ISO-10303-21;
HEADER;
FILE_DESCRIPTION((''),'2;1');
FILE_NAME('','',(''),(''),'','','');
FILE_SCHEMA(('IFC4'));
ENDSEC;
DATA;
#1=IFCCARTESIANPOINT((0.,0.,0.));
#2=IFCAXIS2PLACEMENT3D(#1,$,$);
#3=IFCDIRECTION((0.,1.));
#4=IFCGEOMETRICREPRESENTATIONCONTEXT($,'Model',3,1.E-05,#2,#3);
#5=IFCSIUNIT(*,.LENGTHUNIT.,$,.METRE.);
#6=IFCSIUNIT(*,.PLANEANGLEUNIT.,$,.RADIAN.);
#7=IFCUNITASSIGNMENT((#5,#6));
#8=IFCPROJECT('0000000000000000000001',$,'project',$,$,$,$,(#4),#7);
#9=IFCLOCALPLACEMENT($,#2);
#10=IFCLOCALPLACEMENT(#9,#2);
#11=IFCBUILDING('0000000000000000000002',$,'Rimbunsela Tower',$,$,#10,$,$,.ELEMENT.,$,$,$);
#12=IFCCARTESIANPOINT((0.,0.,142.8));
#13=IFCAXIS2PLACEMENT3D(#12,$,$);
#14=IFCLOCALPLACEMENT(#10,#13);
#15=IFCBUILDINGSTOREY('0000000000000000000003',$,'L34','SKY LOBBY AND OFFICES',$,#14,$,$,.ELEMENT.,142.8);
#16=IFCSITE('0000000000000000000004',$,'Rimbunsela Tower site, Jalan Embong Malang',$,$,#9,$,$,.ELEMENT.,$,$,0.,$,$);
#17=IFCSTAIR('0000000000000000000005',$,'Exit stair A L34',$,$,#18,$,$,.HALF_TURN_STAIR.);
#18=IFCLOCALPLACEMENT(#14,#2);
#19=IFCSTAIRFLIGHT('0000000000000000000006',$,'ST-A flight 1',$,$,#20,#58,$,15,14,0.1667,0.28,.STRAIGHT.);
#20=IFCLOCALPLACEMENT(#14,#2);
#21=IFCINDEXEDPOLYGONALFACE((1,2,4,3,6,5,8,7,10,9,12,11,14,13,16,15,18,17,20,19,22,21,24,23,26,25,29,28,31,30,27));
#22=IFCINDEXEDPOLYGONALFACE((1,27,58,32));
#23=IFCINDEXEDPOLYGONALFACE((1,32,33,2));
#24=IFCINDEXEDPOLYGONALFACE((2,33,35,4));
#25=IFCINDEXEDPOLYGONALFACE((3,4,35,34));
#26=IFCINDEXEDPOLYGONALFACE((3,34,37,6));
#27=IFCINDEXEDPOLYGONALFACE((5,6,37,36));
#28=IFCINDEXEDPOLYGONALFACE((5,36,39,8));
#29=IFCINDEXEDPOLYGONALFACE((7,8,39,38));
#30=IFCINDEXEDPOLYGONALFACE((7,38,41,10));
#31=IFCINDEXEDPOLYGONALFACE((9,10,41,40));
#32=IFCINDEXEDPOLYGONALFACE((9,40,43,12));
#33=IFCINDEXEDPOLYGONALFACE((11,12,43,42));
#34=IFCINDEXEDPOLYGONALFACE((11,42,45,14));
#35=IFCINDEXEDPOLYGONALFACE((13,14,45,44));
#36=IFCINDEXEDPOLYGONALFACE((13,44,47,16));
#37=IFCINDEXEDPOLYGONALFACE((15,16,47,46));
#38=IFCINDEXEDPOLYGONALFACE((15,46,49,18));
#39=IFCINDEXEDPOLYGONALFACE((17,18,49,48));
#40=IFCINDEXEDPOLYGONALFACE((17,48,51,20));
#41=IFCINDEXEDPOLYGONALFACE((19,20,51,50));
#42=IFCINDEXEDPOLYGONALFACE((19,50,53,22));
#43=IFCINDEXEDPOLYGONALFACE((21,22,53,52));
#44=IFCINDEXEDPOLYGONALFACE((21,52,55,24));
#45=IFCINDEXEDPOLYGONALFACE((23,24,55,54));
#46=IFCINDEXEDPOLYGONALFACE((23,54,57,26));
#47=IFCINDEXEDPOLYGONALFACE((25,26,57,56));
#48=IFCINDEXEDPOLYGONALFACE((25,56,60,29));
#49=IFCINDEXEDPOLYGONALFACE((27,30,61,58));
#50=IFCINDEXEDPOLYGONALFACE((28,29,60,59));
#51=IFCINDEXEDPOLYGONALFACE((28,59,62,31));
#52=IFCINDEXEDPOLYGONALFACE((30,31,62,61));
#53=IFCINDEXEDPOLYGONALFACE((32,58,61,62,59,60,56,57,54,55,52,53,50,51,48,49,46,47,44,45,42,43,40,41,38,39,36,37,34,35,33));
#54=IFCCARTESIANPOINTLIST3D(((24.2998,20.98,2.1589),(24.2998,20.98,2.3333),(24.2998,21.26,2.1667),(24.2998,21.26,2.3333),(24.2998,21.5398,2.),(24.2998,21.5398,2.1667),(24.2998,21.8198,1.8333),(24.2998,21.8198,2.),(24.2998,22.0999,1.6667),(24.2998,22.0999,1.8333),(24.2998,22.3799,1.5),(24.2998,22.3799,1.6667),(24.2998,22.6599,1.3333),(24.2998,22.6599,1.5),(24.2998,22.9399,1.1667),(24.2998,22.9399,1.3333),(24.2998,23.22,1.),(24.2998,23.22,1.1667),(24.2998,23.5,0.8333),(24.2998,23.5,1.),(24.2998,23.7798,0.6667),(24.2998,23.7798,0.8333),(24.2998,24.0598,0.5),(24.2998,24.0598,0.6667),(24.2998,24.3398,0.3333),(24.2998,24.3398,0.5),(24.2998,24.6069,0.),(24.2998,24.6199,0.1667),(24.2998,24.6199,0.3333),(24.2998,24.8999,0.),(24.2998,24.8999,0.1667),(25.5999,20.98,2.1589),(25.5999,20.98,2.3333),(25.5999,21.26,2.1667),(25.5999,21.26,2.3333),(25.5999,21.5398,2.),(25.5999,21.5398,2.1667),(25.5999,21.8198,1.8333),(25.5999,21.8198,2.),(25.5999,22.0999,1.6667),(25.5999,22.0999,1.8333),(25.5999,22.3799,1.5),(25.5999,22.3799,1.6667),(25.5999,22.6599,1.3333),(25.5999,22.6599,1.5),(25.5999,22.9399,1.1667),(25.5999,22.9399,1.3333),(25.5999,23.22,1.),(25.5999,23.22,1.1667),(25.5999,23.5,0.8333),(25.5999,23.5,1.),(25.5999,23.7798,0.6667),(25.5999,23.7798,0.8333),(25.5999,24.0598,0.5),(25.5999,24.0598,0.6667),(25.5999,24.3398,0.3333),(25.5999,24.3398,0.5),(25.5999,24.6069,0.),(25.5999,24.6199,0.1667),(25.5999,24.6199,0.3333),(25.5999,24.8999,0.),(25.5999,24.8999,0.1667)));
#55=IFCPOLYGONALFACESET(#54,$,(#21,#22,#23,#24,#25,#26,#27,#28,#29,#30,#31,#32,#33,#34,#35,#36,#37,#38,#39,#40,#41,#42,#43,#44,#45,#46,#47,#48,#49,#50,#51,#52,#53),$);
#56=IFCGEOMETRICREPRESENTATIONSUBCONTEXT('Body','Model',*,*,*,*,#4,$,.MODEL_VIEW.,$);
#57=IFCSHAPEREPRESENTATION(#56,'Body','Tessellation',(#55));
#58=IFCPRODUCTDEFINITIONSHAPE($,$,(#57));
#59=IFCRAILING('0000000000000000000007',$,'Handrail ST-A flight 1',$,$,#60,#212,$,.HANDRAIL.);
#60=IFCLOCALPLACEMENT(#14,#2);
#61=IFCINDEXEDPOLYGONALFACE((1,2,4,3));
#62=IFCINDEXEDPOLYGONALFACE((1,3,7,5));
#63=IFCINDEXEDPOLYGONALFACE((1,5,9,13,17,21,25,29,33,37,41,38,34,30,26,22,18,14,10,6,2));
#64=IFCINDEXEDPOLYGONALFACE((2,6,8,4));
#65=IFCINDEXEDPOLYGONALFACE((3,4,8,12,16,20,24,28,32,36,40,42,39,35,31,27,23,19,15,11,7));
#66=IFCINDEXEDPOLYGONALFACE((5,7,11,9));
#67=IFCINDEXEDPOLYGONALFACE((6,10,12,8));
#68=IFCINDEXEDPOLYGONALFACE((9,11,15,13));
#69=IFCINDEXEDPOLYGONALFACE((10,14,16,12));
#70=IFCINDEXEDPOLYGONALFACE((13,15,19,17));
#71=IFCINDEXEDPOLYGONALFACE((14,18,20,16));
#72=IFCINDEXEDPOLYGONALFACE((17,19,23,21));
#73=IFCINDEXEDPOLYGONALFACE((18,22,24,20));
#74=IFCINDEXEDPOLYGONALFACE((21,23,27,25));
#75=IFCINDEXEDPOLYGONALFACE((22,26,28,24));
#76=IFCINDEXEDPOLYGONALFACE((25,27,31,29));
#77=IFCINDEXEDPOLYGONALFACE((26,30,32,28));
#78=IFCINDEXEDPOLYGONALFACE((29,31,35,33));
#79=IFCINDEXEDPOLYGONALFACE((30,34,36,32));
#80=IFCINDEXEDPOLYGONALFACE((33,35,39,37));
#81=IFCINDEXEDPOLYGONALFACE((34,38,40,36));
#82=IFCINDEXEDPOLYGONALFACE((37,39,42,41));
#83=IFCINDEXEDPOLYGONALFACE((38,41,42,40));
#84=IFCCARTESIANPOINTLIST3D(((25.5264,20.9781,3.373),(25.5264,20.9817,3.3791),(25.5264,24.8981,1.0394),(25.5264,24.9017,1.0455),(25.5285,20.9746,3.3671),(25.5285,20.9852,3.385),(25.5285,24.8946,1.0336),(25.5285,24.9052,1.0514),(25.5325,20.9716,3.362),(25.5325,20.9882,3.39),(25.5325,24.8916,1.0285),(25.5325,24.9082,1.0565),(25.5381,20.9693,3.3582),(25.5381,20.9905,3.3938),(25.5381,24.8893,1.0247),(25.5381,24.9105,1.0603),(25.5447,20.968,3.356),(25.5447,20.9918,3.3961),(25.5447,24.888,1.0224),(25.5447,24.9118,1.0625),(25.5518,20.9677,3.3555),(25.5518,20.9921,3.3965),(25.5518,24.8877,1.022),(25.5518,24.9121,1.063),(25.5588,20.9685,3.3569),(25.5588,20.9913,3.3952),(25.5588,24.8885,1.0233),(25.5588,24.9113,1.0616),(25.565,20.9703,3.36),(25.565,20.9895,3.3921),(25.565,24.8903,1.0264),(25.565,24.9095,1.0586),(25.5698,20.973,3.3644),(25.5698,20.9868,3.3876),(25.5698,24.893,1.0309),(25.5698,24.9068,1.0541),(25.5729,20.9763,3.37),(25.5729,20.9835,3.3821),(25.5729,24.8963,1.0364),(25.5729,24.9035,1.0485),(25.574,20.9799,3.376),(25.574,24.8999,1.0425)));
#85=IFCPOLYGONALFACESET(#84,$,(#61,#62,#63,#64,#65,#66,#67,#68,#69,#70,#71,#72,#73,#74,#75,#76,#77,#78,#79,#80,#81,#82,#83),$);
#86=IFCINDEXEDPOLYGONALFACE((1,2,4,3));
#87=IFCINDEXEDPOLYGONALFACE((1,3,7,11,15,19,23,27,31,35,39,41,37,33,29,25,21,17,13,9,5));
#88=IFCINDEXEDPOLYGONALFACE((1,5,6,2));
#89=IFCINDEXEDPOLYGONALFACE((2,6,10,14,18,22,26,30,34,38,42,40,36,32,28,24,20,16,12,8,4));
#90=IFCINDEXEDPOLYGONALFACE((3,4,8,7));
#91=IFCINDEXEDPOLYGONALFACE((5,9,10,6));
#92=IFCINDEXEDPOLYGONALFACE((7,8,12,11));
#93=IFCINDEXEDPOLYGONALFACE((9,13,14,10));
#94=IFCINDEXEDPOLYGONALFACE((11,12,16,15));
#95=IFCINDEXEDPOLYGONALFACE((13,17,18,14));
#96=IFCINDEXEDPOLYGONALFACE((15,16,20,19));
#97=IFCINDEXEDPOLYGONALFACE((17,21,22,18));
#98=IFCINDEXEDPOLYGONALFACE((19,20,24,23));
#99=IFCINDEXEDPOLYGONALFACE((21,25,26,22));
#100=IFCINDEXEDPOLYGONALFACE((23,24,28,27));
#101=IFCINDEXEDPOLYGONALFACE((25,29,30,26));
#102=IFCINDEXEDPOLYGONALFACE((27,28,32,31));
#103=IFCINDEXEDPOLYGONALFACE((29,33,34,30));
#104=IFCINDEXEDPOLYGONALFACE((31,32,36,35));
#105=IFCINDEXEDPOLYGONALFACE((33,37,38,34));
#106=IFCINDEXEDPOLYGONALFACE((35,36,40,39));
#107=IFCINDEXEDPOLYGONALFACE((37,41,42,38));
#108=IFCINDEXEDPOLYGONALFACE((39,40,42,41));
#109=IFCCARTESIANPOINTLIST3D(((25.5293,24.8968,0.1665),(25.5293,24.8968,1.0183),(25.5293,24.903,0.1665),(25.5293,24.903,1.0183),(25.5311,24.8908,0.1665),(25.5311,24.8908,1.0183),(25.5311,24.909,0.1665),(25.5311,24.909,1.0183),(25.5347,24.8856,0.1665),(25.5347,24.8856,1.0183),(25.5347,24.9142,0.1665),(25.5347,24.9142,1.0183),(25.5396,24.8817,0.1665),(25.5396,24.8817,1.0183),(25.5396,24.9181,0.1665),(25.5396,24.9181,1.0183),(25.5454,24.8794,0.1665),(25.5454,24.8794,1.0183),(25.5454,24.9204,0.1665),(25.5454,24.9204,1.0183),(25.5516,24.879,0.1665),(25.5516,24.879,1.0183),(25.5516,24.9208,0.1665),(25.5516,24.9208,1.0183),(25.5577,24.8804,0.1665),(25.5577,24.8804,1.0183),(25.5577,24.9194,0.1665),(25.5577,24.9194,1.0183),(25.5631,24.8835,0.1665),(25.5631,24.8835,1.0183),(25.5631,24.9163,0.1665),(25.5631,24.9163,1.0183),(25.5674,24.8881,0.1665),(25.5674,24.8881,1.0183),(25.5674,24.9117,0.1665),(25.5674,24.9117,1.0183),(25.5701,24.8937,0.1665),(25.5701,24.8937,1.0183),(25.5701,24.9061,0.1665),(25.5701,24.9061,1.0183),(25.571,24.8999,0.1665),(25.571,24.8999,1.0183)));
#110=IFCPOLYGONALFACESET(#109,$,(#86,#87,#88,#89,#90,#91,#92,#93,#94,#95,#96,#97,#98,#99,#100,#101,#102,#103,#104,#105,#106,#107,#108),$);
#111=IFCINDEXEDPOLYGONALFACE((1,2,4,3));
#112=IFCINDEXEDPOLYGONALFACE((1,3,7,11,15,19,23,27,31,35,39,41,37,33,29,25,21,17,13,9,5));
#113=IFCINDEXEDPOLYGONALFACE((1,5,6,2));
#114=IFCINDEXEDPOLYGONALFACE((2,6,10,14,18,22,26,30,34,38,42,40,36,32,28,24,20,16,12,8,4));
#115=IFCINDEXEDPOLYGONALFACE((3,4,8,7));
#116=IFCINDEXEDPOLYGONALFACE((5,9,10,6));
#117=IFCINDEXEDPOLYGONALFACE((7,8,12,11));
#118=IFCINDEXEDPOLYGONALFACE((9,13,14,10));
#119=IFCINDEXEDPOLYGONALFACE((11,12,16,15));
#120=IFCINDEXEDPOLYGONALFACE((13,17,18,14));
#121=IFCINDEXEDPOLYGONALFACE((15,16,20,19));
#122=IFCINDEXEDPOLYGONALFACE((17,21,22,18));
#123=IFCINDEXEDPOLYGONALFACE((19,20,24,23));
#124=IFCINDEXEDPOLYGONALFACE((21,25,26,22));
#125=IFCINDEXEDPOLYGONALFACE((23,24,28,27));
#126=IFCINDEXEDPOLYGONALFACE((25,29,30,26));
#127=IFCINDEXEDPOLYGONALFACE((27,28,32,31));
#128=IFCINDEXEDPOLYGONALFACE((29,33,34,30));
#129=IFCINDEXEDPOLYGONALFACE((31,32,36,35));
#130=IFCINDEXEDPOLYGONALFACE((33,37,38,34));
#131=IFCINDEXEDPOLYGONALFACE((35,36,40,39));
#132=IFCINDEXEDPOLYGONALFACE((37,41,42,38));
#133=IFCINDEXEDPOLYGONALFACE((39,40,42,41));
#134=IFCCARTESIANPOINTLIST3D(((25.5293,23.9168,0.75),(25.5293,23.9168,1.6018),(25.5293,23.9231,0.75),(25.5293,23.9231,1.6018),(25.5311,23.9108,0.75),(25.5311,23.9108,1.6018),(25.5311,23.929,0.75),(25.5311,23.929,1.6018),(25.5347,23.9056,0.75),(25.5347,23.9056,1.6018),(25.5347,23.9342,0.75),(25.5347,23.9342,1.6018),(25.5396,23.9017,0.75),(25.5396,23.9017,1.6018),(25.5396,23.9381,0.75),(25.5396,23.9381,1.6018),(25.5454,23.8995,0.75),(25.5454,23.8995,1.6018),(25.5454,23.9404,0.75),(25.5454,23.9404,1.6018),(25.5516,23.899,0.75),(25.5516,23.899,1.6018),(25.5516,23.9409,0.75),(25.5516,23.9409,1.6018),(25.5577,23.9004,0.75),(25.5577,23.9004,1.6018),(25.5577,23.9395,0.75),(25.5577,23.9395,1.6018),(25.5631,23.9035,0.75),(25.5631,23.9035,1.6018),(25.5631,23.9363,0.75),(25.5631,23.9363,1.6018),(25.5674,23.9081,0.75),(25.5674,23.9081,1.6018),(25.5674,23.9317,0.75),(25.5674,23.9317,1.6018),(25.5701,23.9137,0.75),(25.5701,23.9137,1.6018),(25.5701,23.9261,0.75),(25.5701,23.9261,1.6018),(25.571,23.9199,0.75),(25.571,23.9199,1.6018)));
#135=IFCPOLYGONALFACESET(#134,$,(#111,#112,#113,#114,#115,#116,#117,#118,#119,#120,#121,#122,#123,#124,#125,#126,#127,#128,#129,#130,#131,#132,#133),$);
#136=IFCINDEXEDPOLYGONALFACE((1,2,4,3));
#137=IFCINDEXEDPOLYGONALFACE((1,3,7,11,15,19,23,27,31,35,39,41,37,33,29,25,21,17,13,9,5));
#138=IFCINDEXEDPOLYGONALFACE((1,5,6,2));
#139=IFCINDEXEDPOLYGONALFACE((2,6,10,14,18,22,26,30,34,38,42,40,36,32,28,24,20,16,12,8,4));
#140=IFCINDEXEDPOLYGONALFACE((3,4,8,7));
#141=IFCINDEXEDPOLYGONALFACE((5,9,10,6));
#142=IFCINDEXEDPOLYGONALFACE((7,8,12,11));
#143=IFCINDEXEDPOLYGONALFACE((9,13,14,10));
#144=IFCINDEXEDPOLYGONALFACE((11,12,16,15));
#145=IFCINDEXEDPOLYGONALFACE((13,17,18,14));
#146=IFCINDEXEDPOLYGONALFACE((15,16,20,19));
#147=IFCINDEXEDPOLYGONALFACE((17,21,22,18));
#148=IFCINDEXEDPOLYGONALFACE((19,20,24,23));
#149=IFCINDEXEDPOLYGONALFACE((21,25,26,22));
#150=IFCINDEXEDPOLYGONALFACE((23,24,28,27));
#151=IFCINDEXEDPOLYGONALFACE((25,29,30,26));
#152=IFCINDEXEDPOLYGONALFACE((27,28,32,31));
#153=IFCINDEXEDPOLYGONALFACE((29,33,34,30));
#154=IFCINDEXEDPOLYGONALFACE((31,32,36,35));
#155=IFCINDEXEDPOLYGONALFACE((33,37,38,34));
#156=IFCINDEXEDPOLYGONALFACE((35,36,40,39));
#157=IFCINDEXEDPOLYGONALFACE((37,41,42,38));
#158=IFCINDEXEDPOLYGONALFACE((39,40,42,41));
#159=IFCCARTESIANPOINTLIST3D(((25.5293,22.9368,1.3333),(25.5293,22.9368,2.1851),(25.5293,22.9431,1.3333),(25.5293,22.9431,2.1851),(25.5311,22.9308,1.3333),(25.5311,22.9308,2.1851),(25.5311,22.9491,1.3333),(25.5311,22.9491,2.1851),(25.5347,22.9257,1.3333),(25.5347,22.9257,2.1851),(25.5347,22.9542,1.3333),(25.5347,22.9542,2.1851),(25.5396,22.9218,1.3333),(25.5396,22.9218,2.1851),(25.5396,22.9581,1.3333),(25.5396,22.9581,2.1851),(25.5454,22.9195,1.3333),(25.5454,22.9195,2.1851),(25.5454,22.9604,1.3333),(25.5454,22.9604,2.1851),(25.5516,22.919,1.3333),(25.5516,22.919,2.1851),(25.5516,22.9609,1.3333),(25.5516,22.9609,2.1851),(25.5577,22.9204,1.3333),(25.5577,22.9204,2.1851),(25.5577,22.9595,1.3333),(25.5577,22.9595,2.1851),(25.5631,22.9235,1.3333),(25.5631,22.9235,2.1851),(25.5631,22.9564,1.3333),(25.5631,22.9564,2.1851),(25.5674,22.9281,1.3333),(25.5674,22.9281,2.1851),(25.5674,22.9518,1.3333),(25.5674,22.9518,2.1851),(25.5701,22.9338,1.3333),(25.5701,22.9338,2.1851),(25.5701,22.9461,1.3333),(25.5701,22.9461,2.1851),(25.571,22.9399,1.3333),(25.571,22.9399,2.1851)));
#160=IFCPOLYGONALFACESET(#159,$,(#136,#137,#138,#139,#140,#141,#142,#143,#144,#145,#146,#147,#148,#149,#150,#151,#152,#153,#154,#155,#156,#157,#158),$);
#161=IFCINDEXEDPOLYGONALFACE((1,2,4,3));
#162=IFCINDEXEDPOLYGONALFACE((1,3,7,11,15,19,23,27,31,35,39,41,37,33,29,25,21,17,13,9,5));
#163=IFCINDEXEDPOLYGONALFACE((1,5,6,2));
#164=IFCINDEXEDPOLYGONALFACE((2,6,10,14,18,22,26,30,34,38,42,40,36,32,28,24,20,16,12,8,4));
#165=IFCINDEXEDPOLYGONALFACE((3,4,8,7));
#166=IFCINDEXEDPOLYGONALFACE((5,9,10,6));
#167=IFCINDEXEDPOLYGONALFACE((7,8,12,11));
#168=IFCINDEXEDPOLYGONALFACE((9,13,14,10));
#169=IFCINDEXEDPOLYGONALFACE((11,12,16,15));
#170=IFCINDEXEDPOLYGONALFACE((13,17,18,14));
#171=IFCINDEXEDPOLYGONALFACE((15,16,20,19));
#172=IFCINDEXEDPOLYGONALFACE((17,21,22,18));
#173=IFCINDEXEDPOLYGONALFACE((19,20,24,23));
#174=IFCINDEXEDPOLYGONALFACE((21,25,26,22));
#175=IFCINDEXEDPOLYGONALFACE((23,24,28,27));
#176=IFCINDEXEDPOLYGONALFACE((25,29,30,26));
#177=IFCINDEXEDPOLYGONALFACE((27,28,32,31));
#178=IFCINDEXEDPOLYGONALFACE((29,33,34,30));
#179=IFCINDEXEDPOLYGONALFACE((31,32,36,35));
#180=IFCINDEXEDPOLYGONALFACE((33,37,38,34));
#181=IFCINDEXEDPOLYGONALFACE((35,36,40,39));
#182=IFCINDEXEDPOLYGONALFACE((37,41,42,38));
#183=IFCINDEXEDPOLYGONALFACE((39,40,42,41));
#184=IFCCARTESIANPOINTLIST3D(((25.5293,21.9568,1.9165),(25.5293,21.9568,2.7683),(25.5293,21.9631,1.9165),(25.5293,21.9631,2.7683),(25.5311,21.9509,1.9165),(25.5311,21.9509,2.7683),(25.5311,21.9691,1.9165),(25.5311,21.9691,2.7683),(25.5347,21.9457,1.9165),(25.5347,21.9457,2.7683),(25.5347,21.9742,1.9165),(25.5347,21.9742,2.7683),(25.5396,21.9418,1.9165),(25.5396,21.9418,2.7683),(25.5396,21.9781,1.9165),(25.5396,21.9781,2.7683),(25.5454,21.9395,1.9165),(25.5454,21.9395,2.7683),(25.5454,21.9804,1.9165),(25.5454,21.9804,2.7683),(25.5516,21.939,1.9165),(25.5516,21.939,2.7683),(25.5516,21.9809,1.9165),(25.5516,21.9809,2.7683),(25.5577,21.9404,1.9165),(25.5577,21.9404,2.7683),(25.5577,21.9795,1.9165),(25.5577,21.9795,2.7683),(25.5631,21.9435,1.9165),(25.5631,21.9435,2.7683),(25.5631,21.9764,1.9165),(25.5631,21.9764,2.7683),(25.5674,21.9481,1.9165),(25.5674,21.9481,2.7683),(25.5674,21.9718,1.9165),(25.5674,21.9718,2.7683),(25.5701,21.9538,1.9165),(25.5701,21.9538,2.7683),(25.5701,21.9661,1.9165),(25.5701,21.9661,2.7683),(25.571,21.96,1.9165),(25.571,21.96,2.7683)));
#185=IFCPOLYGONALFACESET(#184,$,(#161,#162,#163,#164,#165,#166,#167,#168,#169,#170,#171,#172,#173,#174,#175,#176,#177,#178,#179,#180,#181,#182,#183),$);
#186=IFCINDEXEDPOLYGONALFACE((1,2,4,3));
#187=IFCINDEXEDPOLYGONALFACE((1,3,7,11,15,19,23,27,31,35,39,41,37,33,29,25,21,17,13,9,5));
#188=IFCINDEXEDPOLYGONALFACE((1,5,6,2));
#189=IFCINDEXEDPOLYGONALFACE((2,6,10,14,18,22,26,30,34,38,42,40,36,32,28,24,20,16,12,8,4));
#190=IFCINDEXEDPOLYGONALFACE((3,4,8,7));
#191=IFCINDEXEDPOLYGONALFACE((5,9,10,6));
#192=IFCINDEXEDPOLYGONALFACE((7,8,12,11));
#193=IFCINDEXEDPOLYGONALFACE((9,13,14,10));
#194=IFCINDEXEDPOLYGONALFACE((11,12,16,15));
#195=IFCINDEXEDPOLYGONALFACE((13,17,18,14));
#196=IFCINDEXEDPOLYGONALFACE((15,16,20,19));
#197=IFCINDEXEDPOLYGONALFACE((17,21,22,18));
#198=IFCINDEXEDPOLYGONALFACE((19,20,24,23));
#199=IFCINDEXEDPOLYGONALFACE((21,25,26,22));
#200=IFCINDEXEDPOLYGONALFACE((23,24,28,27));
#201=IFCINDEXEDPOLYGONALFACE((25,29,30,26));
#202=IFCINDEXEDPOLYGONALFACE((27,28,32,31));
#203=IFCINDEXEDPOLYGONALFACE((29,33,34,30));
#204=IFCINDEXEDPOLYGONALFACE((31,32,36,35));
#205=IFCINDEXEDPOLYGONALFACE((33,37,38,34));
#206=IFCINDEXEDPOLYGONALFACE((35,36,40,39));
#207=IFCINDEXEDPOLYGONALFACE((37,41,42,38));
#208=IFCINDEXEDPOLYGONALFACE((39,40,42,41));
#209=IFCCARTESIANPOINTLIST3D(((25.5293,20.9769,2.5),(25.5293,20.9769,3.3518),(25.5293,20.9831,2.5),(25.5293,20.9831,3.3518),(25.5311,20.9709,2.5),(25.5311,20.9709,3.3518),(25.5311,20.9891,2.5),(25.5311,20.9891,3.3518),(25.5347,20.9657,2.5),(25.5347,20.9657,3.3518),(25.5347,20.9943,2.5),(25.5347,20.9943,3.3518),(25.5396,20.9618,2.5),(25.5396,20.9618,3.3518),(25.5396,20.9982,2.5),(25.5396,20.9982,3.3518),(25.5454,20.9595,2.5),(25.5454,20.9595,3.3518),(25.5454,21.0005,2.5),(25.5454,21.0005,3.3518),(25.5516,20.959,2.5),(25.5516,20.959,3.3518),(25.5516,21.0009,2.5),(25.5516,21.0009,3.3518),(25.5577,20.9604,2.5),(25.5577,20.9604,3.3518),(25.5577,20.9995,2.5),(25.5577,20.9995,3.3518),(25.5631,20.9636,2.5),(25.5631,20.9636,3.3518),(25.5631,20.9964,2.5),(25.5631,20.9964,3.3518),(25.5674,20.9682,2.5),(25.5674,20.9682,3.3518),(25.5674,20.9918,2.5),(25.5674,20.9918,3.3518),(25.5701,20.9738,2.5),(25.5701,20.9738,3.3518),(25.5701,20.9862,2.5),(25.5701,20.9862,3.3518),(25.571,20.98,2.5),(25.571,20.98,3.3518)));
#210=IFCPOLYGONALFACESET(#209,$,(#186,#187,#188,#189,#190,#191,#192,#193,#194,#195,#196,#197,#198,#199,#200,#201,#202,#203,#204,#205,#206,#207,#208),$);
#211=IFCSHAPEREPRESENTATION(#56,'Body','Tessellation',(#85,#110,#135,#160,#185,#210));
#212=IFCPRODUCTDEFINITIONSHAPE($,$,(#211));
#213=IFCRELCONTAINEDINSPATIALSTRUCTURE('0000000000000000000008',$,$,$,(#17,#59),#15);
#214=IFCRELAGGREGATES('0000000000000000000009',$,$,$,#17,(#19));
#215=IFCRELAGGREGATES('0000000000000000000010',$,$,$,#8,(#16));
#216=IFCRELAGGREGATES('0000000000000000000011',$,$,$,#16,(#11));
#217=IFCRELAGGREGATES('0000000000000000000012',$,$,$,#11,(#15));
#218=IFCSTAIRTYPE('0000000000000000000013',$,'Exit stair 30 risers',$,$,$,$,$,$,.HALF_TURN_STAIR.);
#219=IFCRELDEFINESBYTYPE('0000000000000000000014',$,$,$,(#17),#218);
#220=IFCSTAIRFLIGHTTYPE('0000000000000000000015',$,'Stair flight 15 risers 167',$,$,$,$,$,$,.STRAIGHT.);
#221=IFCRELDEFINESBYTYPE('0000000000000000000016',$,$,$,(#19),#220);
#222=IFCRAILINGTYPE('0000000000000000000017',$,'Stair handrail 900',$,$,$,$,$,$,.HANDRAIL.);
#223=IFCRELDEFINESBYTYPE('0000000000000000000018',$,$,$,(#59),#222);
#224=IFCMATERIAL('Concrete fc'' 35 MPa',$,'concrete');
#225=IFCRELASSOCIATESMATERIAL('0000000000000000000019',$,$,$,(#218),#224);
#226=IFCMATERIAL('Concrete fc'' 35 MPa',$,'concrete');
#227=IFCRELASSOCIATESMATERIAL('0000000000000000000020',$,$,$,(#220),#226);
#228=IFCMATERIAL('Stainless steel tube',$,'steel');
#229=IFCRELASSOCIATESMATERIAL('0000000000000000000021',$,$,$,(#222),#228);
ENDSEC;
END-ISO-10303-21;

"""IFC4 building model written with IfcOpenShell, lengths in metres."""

from ifc_helpers import new_model, si_unit, direction, frame, origin, origin_2d, place, context, subcontext, project, spatial, polyline, circle, outline, extrude, material, type_object, element, aggregate, save


model = new_model("IFC4")

# Units and contexts
model_context = context("Model", 3, precision=1e-05, world=origin(), true_north=direction((0.0, 1.0)))
body_context = subcontext(model_context, "Body", "Model", "MODEL_VIEW")
ifc_project = project(units=[si_unit("LENGTHUNIT", "METRE"), si_unit("PLANEANGLEUNIT", "RADIAN")], contexts=[model_context])

# Site, building, storey
site_placement = place(None, origin())
site = spatial("IfcSite", under=ifc_project, at=site_placement, Name="Rimbunsela Tower site, Jalan Embong Malang", CompositionType="ELEMENT", RefElevation=0.0)
building_placement = place(site_placement, origin())
building = spatial("IfcBuilding", under=site, at=building_placement, Name="Rimbunsela Tower", CompositionType="ELEMENT")
storey_placement = place(building_placement, frame((0.0, 0.0, 142.8)))
storey = spatial("IfcBuildingStorey", under=building, at=storey_placement, Name="L34", Description="SKY LOBBY AND OFFICES", CompositionType="ELEMENT", Elevation=142.8)

# Stair, stair flight
ifc_material_1 = material(Name="Concrete fc' 35 MPa", Category="concrete")
stair_type = type_object("IfcStairType", Name="Exit stair 30 risers", PredefinedType="HALF_TURN_STAIR", material=ifc_material_1)
stair_placement = place(storey_placement, origin())
stair = element("IfcStair", 1, at=stair_placement, inside=storey, type_object=stair_type, Name="Exit stair A L34", PredefinedType="HALF_TURN_STAIR")
ifc_material_2 = material(Name="Concrete fc' 35 MPa", Category="concrete")
stair_flight_type = type_object("IfcStairFlightType", Name="Stair flight 15 risers 167", PredefinedType="STRAIGHT", material=ifc_material_2)
stair_flight_placement = place(storey_placement, frame((24.95, 24.8999, 0.0), z_axis=(0.0, 0.0, 1.0), x_axis=(0.0, -1.0, 0.0)))
stair_flight = element("IfcStairFlight", 2, at=stair_flight_placement, type_object=stair_flight_type, Name="ST-A flight 1", NumberOfRisers=15, NumberOfTreads=14, PredefinedType="STRAIGHT", RiserHeight=0.1667, TreadLength=0.28, context=body_context, shape_type="SweptSolid", body=[
    extrude(outline(polyline([(0.0, 0.0), (0.0, 0.1667), (0.28, 0.1667), (0.28, 0.3333), (0.5601, 0.3333), (0.5601, 0.5), (0.8401, 0.5), (0.8401, 0.6667), (1.1201, 0.6667), (1.1201, 0.8333), (1.3999, 0.8333), (1.3999, 1.0), (1.6799, 1.0), (1.6799, 1.1667), (1.96, 1.1667), (1.96, 1.3333), (2.24, 1.3333), (2.24, 1.5), (2.52, 1.5), (2.52, 1.6667), (2.8, 1.6667), (2.8, 1.8333), (3.0801, 1.8333), (3.0801, 2.0), (3.3601, 2.0), (3.3601, 2.1667), (3.6399, 2.1667), (3.6399, 2.3333), (3.9199, 2.3333), (3.9199, 2.5), (3.9199, 2.1589), (0.293, 0.0), (0.0, 0.0)])), frame((0.0, 0.6499, 0.0), z_axis=(0.0, -1.0, 0.0), x_axis=(1.0, 0.0, 0.0)), (0.0, 0.0, 1.0), 1.3),
])
aggregate(stair, [stair_flight])

# Railing
ifc_material_3 = material(Name="Stainless steel tube", Category="steel")
railing_type = type_object("IfcRailingType", Name="Stair handrail 900", PredefinedType="HANDRAIL", material=ifc_material_3)
railing_placement = place(storey_placement, frame((25.55, 24.8999, 0.1665)))
element("IfcRailing", 3, at=railing_placement, inside=storey, type_object=railing_type, Name="Handrail ST-A flight 1", PredefinedType="HANDRAIL", context=body_context, shape_type="SweptSolid", body=[
    extrude(circle(Radius=0.0239, at=origin_2d()), frame((0.0, 0.0, 0.876), z_axis=(0.0, -0.859273, 0.511518), x_axis=(1.0, 0.0, 0.0)), (0.0, 0.0, 1.0), 4.562),
    extrude(circle(Radius=0.021, at=origin_2d()), origin(), (0.0, 0.0, 1.0), 0.8518),
    extrude(circle(Radius=0.021, at=origin_2d()), frame((0.0, -0.98, 0.5835)), (0.0, 0.0, 1.0), 0.8518),
    extrude(circle(Radius=0.021, at=origin_2d()), frame((0.0, -1.96, 1.1667)), (0.0, 0.0, 1.0), 0.8518),
    extrude(circle(Radius=0.021, at=origin_2d()), frame((0.0, -2.9399, 1.75)), (0.0, 0.0, 1.0), 0.8518),
    extrude(circle(Radius=0.021, at=origin_2d()), frame((0.0, -3.9199, 2.3335)), (0.0, 0.0, 1.0), 0.8518),
])

save(model, "model.ifc")
